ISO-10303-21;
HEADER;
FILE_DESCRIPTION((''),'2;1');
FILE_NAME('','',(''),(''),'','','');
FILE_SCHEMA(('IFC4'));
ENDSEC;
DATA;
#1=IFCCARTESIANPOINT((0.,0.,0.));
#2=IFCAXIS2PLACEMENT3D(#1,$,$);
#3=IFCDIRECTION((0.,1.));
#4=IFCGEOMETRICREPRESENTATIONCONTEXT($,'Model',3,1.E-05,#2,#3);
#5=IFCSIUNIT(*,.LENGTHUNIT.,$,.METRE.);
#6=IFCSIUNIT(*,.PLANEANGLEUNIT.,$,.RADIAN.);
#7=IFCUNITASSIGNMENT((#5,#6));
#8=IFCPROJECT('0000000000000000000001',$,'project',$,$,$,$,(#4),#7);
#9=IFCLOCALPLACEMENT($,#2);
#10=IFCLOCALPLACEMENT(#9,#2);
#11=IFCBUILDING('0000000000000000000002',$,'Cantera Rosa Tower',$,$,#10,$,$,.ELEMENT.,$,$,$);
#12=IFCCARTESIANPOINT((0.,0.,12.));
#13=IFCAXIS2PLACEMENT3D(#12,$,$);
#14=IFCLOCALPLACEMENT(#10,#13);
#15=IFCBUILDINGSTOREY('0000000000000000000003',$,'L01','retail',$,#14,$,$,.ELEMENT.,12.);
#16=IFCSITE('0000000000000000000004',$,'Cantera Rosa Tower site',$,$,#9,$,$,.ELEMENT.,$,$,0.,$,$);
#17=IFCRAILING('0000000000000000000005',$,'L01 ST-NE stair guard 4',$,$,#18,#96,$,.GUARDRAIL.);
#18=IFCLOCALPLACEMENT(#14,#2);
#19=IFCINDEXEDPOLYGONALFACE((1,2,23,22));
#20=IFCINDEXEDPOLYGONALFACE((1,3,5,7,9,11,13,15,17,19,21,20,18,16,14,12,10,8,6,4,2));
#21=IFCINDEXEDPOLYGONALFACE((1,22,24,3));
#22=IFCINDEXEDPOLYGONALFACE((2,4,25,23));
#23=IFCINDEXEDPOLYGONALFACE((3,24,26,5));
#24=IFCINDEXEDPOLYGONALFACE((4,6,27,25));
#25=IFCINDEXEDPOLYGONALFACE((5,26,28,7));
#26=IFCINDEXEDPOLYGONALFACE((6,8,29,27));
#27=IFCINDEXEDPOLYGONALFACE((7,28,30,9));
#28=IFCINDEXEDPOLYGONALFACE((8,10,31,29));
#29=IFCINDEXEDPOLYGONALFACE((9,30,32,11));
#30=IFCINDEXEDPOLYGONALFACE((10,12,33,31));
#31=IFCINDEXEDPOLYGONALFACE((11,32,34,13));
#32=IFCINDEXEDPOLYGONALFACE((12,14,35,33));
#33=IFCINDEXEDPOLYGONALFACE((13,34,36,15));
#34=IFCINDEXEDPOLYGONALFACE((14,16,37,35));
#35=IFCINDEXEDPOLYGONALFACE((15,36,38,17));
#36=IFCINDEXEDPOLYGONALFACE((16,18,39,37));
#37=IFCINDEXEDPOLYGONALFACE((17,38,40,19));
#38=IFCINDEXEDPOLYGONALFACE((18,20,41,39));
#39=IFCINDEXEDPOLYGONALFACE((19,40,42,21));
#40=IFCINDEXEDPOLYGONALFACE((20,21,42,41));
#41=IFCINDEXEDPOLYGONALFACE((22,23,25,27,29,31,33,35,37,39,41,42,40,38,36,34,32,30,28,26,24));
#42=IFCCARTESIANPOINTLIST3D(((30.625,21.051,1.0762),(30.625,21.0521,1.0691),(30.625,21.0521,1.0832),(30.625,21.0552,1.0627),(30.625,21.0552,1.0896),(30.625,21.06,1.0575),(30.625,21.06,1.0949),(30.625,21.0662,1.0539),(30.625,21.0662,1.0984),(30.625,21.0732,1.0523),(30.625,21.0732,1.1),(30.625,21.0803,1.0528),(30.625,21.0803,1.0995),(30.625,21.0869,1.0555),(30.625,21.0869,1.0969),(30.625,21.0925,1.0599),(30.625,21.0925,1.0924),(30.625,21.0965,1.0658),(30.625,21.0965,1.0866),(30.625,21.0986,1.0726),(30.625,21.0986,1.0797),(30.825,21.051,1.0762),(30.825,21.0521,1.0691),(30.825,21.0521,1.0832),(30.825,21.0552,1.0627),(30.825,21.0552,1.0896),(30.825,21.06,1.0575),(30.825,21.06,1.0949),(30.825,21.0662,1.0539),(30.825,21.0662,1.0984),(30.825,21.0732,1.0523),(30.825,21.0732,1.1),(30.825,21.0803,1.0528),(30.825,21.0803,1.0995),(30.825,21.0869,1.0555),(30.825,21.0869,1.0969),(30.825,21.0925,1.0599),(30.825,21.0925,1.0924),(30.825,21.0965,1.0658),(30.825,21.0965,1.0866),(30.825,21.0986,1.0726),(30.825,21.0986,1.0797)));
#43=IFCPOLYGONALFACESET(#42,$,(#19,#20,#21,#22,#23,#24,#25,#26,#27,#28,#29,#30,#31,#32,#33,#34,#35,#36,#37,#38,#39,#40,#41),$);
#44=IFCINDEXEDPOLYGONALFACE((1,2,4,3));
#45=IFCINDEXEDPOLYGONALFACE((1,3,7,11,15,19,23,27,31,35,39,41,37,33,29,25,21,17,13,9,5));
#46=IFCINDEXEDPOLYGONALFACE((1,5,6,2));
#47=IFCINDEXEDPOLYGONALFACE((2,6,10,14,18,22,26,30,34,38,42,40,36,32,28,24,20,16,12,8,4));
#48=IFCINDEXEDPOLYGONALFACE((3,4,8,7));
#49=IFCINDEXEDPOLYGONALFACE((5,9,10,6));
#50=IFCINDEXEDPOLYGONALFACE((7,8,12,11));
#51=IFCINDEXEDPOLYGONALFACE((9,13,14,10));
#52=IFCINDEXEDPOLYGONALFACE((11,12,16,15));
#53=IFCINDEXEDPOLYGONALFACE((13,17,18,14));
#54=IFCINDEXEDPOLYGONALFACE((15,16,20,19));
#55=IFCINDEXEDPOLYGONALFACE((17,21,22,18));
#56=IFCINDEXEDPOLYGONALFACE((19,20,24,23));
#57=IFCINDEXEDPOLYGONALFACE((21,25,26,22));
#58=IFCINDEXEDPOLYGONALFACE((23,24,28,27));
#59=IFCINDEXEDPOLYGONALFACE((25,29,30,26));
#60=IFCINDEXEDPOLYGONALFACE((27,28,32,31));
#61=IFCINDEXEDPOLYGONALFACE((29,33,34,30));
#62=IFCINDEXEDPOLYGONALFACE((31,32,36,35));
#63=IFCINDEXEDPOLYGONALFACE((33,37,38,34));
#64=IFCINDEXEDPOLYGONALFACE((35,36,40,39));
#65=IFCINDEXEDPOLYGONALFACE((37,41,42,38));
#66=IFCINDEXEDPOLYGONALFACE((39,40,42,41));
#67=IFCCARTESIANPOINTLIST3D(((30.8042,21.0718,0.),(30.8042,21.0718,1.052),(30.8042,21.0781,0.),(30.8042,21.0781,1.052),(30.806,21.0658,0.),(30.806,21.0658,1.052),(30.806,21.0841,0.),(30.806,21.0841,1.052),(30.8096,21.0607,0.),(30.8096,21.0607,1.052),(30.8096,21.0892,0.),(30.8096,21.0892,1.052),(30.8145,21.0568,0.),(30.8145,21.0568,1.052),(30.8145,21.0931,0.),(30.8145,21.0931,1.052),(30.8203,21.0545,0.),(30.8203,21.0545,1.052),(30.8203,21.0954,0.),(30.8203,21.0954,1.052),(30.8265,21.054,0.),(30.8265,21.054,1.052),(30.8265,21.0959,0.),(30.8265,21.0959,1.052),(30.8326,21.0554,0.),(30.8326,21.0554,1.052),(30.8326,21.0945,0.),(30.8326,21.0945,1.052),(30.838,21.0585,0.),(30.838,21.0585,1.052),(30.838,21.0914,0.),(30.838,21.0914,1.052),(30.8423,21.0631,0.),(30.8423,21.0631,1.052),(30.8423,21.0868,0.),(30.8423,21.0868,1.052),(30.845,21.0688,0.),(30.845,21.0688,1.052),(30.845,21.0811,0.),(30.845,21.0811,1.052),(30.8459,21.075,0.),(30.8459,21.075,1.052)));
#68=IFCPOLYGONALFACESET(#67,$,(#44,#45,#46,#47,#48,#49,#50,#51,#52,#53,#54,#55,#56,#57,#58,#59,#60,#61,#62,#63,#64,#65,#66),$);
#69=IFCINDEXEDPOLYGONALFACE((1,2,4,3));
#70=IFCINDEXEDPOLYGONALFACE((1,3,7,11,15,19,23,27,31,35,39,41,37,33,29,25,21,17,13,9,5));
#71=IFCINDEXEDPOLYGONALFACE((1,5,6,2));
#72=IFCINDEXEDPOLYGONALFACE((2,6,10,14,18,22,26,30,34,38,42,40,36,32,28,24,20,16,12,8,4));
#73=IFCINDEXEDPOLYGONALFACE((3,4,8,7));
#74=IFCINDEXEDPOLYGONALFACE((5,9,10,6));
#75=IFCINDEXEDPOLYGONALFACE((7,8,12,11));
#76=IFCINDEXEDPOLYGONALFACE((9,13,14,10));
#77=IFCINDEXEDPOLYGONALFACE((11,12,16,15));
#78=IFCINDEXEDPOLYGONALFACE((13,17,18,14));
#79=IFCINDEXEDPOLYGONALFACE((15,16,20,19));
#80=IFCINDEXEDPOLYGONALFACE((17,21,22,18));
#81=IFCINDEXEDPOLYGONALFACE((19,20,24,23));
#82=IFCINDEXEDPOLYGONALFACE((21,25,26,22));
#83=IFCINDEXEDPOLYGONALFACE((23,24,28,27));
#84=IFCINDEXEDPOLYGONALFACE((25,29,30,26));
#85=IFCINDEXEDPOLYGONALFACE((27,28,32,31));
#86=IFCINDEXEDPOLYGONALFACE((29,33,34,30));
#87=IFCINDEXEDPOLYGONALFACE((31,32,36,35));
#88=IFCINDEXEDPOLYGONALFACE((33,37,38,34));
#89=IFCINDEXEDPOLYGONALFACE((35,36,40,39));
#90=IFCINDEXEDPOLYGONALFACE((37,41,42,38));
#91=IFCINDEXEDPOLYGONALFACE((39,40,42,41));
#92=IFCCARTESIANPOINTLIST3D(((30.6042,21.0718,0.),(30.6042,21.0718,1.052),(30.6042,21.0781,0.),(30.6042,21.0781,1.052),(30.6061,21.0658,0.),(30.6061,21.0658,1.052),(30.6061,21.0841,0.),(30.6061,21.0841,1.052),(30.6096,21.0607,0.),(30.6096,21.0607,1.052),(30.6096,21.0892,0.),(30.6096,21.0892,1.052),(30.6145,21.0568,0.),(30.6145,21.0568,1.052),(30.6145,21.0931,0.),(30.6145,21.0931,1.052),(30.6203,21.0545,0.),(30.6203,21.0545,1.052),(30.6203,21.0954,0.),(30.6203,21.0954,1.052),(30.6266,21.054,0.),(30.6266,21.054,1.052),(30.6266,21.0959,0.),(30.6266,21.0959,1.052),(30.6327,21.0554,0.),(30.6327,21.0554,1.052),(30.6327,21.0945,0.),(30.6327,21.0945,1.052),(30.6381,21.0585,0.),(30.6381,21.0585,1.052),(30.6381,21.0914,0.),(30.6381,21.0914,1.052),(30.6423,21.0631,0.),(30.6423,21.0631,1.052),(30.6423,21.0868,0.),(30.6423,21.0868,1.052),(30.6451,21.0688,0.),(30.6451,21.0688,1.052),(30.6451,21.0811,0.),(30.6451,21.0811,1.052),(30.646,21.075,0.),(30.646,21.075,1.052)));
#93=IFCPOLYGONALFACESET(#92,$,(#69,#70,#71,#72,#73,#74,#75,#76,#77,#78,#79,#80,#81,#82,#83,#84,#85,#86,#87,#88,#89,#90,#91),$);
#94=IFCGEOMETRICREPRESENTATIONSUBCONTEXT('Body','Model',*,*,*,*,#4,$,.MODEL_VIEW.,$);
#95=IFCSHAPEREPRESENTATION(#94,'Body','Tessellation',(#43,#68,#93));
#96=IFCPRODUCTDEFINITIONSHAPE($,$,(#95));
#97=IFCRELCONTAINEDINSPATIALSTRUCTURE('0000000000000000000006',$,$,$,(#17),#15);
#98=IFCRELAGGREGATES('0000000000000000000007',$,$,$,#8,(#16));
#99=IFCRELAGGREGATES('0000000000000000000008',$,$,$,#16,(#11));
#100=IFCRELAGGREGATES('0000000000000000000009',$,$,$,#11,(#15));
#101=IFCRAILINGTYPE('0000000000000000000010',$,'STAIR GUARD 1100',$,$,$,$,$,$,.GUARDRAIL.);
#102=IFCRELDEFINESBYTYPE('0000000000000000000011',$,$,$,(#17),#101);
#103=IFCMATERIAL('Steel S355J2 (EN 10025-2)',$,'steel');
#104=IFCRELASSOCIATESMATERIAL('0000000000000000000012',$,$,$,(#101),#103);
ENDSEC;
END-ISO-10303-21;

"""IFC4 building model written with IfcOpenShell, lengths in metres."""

from ifc_helpers import new_model, si_unit, direction, frame, origin, origin_2d, place, context, subcontext, project, spatial, circle, extrude, material, type_object, element, save


model = new_model("IFC4")

# Units and contexts
model_context = context("Model", 3, precision=1e-05, world=origin(), true_north=direction((0.0, 1.0)))
body_context = subcontext(model_context, "Body", "Model", "MODEL_VIEW")
ifc_project = project(units=[si_unit("LENGTHUNIT", "METRE"), si_unit("PLANEANGLEUNIT", "RADIAN")], contexts=[model_context])

# Site, building, storey
site_placement = place(None, origin())
site = spatial("IfcSite", under=ifc_project, at=site_placement, Name="Cantera Rosa Tower site", CompositionType="ELEMENT", RefElevation=0.0)
building_placement = place(site_placement, origin())
building = spatial("IfcBuilding", under=site, at=building_placement, Name="Cantera Rosa Tower", CompositionType="ELEMENT")
storey_placement = place(building_placement, frame((0.0, 0.0, 12.0)))
storey = spatial("IfcBuildingStorey", under=building, at=storey_placement, Name="L01", Description="retail", CompositionType="ELEMENT", Elevation=12.0)

# Railing
ifc_material_1 = material(Name="Steel S355J2 (EN 10025-2)", Category="steel")
railing_type_1 = type_object("IfcRailingType", Name="STAIR GUARD 1100", PredefinedType="GUARDRAIL", material=ifc_material_1)
railing_1_placement = place(storey_placement, frame((30.825, 21.075, 0.0)))
element("IfcRailing", 1, at=railing_1_placement, inside=storey, type_object=railing_type_1, Name="L01 ST-NE stair guard 4", PredefinedType="GUARDRAIL", context=body_context, shape_type="SweptSolid", body=[
    extrude(circle(Radius=0.0239, at=origin_2d()), frame((0.0, 0.0, 1.0762), z_axis=(-1.0, 0.0, 0.0), x_axis=(0.0, -1.0, 0.0)), (0.0, 0.0, 1.0), 0.2),
    extrude(circle(Radius=0.021, at=origin_2d()), origin(), (0.0, 0.0, 1.0), 1.052),
    extrude(circle(Radius=0.021, at=origin_2d()), frame((-0.2, 0.0, 0.0)), (0.0, 0.0, 1.0), 1.052),
])

save(model, "model.ifc")
